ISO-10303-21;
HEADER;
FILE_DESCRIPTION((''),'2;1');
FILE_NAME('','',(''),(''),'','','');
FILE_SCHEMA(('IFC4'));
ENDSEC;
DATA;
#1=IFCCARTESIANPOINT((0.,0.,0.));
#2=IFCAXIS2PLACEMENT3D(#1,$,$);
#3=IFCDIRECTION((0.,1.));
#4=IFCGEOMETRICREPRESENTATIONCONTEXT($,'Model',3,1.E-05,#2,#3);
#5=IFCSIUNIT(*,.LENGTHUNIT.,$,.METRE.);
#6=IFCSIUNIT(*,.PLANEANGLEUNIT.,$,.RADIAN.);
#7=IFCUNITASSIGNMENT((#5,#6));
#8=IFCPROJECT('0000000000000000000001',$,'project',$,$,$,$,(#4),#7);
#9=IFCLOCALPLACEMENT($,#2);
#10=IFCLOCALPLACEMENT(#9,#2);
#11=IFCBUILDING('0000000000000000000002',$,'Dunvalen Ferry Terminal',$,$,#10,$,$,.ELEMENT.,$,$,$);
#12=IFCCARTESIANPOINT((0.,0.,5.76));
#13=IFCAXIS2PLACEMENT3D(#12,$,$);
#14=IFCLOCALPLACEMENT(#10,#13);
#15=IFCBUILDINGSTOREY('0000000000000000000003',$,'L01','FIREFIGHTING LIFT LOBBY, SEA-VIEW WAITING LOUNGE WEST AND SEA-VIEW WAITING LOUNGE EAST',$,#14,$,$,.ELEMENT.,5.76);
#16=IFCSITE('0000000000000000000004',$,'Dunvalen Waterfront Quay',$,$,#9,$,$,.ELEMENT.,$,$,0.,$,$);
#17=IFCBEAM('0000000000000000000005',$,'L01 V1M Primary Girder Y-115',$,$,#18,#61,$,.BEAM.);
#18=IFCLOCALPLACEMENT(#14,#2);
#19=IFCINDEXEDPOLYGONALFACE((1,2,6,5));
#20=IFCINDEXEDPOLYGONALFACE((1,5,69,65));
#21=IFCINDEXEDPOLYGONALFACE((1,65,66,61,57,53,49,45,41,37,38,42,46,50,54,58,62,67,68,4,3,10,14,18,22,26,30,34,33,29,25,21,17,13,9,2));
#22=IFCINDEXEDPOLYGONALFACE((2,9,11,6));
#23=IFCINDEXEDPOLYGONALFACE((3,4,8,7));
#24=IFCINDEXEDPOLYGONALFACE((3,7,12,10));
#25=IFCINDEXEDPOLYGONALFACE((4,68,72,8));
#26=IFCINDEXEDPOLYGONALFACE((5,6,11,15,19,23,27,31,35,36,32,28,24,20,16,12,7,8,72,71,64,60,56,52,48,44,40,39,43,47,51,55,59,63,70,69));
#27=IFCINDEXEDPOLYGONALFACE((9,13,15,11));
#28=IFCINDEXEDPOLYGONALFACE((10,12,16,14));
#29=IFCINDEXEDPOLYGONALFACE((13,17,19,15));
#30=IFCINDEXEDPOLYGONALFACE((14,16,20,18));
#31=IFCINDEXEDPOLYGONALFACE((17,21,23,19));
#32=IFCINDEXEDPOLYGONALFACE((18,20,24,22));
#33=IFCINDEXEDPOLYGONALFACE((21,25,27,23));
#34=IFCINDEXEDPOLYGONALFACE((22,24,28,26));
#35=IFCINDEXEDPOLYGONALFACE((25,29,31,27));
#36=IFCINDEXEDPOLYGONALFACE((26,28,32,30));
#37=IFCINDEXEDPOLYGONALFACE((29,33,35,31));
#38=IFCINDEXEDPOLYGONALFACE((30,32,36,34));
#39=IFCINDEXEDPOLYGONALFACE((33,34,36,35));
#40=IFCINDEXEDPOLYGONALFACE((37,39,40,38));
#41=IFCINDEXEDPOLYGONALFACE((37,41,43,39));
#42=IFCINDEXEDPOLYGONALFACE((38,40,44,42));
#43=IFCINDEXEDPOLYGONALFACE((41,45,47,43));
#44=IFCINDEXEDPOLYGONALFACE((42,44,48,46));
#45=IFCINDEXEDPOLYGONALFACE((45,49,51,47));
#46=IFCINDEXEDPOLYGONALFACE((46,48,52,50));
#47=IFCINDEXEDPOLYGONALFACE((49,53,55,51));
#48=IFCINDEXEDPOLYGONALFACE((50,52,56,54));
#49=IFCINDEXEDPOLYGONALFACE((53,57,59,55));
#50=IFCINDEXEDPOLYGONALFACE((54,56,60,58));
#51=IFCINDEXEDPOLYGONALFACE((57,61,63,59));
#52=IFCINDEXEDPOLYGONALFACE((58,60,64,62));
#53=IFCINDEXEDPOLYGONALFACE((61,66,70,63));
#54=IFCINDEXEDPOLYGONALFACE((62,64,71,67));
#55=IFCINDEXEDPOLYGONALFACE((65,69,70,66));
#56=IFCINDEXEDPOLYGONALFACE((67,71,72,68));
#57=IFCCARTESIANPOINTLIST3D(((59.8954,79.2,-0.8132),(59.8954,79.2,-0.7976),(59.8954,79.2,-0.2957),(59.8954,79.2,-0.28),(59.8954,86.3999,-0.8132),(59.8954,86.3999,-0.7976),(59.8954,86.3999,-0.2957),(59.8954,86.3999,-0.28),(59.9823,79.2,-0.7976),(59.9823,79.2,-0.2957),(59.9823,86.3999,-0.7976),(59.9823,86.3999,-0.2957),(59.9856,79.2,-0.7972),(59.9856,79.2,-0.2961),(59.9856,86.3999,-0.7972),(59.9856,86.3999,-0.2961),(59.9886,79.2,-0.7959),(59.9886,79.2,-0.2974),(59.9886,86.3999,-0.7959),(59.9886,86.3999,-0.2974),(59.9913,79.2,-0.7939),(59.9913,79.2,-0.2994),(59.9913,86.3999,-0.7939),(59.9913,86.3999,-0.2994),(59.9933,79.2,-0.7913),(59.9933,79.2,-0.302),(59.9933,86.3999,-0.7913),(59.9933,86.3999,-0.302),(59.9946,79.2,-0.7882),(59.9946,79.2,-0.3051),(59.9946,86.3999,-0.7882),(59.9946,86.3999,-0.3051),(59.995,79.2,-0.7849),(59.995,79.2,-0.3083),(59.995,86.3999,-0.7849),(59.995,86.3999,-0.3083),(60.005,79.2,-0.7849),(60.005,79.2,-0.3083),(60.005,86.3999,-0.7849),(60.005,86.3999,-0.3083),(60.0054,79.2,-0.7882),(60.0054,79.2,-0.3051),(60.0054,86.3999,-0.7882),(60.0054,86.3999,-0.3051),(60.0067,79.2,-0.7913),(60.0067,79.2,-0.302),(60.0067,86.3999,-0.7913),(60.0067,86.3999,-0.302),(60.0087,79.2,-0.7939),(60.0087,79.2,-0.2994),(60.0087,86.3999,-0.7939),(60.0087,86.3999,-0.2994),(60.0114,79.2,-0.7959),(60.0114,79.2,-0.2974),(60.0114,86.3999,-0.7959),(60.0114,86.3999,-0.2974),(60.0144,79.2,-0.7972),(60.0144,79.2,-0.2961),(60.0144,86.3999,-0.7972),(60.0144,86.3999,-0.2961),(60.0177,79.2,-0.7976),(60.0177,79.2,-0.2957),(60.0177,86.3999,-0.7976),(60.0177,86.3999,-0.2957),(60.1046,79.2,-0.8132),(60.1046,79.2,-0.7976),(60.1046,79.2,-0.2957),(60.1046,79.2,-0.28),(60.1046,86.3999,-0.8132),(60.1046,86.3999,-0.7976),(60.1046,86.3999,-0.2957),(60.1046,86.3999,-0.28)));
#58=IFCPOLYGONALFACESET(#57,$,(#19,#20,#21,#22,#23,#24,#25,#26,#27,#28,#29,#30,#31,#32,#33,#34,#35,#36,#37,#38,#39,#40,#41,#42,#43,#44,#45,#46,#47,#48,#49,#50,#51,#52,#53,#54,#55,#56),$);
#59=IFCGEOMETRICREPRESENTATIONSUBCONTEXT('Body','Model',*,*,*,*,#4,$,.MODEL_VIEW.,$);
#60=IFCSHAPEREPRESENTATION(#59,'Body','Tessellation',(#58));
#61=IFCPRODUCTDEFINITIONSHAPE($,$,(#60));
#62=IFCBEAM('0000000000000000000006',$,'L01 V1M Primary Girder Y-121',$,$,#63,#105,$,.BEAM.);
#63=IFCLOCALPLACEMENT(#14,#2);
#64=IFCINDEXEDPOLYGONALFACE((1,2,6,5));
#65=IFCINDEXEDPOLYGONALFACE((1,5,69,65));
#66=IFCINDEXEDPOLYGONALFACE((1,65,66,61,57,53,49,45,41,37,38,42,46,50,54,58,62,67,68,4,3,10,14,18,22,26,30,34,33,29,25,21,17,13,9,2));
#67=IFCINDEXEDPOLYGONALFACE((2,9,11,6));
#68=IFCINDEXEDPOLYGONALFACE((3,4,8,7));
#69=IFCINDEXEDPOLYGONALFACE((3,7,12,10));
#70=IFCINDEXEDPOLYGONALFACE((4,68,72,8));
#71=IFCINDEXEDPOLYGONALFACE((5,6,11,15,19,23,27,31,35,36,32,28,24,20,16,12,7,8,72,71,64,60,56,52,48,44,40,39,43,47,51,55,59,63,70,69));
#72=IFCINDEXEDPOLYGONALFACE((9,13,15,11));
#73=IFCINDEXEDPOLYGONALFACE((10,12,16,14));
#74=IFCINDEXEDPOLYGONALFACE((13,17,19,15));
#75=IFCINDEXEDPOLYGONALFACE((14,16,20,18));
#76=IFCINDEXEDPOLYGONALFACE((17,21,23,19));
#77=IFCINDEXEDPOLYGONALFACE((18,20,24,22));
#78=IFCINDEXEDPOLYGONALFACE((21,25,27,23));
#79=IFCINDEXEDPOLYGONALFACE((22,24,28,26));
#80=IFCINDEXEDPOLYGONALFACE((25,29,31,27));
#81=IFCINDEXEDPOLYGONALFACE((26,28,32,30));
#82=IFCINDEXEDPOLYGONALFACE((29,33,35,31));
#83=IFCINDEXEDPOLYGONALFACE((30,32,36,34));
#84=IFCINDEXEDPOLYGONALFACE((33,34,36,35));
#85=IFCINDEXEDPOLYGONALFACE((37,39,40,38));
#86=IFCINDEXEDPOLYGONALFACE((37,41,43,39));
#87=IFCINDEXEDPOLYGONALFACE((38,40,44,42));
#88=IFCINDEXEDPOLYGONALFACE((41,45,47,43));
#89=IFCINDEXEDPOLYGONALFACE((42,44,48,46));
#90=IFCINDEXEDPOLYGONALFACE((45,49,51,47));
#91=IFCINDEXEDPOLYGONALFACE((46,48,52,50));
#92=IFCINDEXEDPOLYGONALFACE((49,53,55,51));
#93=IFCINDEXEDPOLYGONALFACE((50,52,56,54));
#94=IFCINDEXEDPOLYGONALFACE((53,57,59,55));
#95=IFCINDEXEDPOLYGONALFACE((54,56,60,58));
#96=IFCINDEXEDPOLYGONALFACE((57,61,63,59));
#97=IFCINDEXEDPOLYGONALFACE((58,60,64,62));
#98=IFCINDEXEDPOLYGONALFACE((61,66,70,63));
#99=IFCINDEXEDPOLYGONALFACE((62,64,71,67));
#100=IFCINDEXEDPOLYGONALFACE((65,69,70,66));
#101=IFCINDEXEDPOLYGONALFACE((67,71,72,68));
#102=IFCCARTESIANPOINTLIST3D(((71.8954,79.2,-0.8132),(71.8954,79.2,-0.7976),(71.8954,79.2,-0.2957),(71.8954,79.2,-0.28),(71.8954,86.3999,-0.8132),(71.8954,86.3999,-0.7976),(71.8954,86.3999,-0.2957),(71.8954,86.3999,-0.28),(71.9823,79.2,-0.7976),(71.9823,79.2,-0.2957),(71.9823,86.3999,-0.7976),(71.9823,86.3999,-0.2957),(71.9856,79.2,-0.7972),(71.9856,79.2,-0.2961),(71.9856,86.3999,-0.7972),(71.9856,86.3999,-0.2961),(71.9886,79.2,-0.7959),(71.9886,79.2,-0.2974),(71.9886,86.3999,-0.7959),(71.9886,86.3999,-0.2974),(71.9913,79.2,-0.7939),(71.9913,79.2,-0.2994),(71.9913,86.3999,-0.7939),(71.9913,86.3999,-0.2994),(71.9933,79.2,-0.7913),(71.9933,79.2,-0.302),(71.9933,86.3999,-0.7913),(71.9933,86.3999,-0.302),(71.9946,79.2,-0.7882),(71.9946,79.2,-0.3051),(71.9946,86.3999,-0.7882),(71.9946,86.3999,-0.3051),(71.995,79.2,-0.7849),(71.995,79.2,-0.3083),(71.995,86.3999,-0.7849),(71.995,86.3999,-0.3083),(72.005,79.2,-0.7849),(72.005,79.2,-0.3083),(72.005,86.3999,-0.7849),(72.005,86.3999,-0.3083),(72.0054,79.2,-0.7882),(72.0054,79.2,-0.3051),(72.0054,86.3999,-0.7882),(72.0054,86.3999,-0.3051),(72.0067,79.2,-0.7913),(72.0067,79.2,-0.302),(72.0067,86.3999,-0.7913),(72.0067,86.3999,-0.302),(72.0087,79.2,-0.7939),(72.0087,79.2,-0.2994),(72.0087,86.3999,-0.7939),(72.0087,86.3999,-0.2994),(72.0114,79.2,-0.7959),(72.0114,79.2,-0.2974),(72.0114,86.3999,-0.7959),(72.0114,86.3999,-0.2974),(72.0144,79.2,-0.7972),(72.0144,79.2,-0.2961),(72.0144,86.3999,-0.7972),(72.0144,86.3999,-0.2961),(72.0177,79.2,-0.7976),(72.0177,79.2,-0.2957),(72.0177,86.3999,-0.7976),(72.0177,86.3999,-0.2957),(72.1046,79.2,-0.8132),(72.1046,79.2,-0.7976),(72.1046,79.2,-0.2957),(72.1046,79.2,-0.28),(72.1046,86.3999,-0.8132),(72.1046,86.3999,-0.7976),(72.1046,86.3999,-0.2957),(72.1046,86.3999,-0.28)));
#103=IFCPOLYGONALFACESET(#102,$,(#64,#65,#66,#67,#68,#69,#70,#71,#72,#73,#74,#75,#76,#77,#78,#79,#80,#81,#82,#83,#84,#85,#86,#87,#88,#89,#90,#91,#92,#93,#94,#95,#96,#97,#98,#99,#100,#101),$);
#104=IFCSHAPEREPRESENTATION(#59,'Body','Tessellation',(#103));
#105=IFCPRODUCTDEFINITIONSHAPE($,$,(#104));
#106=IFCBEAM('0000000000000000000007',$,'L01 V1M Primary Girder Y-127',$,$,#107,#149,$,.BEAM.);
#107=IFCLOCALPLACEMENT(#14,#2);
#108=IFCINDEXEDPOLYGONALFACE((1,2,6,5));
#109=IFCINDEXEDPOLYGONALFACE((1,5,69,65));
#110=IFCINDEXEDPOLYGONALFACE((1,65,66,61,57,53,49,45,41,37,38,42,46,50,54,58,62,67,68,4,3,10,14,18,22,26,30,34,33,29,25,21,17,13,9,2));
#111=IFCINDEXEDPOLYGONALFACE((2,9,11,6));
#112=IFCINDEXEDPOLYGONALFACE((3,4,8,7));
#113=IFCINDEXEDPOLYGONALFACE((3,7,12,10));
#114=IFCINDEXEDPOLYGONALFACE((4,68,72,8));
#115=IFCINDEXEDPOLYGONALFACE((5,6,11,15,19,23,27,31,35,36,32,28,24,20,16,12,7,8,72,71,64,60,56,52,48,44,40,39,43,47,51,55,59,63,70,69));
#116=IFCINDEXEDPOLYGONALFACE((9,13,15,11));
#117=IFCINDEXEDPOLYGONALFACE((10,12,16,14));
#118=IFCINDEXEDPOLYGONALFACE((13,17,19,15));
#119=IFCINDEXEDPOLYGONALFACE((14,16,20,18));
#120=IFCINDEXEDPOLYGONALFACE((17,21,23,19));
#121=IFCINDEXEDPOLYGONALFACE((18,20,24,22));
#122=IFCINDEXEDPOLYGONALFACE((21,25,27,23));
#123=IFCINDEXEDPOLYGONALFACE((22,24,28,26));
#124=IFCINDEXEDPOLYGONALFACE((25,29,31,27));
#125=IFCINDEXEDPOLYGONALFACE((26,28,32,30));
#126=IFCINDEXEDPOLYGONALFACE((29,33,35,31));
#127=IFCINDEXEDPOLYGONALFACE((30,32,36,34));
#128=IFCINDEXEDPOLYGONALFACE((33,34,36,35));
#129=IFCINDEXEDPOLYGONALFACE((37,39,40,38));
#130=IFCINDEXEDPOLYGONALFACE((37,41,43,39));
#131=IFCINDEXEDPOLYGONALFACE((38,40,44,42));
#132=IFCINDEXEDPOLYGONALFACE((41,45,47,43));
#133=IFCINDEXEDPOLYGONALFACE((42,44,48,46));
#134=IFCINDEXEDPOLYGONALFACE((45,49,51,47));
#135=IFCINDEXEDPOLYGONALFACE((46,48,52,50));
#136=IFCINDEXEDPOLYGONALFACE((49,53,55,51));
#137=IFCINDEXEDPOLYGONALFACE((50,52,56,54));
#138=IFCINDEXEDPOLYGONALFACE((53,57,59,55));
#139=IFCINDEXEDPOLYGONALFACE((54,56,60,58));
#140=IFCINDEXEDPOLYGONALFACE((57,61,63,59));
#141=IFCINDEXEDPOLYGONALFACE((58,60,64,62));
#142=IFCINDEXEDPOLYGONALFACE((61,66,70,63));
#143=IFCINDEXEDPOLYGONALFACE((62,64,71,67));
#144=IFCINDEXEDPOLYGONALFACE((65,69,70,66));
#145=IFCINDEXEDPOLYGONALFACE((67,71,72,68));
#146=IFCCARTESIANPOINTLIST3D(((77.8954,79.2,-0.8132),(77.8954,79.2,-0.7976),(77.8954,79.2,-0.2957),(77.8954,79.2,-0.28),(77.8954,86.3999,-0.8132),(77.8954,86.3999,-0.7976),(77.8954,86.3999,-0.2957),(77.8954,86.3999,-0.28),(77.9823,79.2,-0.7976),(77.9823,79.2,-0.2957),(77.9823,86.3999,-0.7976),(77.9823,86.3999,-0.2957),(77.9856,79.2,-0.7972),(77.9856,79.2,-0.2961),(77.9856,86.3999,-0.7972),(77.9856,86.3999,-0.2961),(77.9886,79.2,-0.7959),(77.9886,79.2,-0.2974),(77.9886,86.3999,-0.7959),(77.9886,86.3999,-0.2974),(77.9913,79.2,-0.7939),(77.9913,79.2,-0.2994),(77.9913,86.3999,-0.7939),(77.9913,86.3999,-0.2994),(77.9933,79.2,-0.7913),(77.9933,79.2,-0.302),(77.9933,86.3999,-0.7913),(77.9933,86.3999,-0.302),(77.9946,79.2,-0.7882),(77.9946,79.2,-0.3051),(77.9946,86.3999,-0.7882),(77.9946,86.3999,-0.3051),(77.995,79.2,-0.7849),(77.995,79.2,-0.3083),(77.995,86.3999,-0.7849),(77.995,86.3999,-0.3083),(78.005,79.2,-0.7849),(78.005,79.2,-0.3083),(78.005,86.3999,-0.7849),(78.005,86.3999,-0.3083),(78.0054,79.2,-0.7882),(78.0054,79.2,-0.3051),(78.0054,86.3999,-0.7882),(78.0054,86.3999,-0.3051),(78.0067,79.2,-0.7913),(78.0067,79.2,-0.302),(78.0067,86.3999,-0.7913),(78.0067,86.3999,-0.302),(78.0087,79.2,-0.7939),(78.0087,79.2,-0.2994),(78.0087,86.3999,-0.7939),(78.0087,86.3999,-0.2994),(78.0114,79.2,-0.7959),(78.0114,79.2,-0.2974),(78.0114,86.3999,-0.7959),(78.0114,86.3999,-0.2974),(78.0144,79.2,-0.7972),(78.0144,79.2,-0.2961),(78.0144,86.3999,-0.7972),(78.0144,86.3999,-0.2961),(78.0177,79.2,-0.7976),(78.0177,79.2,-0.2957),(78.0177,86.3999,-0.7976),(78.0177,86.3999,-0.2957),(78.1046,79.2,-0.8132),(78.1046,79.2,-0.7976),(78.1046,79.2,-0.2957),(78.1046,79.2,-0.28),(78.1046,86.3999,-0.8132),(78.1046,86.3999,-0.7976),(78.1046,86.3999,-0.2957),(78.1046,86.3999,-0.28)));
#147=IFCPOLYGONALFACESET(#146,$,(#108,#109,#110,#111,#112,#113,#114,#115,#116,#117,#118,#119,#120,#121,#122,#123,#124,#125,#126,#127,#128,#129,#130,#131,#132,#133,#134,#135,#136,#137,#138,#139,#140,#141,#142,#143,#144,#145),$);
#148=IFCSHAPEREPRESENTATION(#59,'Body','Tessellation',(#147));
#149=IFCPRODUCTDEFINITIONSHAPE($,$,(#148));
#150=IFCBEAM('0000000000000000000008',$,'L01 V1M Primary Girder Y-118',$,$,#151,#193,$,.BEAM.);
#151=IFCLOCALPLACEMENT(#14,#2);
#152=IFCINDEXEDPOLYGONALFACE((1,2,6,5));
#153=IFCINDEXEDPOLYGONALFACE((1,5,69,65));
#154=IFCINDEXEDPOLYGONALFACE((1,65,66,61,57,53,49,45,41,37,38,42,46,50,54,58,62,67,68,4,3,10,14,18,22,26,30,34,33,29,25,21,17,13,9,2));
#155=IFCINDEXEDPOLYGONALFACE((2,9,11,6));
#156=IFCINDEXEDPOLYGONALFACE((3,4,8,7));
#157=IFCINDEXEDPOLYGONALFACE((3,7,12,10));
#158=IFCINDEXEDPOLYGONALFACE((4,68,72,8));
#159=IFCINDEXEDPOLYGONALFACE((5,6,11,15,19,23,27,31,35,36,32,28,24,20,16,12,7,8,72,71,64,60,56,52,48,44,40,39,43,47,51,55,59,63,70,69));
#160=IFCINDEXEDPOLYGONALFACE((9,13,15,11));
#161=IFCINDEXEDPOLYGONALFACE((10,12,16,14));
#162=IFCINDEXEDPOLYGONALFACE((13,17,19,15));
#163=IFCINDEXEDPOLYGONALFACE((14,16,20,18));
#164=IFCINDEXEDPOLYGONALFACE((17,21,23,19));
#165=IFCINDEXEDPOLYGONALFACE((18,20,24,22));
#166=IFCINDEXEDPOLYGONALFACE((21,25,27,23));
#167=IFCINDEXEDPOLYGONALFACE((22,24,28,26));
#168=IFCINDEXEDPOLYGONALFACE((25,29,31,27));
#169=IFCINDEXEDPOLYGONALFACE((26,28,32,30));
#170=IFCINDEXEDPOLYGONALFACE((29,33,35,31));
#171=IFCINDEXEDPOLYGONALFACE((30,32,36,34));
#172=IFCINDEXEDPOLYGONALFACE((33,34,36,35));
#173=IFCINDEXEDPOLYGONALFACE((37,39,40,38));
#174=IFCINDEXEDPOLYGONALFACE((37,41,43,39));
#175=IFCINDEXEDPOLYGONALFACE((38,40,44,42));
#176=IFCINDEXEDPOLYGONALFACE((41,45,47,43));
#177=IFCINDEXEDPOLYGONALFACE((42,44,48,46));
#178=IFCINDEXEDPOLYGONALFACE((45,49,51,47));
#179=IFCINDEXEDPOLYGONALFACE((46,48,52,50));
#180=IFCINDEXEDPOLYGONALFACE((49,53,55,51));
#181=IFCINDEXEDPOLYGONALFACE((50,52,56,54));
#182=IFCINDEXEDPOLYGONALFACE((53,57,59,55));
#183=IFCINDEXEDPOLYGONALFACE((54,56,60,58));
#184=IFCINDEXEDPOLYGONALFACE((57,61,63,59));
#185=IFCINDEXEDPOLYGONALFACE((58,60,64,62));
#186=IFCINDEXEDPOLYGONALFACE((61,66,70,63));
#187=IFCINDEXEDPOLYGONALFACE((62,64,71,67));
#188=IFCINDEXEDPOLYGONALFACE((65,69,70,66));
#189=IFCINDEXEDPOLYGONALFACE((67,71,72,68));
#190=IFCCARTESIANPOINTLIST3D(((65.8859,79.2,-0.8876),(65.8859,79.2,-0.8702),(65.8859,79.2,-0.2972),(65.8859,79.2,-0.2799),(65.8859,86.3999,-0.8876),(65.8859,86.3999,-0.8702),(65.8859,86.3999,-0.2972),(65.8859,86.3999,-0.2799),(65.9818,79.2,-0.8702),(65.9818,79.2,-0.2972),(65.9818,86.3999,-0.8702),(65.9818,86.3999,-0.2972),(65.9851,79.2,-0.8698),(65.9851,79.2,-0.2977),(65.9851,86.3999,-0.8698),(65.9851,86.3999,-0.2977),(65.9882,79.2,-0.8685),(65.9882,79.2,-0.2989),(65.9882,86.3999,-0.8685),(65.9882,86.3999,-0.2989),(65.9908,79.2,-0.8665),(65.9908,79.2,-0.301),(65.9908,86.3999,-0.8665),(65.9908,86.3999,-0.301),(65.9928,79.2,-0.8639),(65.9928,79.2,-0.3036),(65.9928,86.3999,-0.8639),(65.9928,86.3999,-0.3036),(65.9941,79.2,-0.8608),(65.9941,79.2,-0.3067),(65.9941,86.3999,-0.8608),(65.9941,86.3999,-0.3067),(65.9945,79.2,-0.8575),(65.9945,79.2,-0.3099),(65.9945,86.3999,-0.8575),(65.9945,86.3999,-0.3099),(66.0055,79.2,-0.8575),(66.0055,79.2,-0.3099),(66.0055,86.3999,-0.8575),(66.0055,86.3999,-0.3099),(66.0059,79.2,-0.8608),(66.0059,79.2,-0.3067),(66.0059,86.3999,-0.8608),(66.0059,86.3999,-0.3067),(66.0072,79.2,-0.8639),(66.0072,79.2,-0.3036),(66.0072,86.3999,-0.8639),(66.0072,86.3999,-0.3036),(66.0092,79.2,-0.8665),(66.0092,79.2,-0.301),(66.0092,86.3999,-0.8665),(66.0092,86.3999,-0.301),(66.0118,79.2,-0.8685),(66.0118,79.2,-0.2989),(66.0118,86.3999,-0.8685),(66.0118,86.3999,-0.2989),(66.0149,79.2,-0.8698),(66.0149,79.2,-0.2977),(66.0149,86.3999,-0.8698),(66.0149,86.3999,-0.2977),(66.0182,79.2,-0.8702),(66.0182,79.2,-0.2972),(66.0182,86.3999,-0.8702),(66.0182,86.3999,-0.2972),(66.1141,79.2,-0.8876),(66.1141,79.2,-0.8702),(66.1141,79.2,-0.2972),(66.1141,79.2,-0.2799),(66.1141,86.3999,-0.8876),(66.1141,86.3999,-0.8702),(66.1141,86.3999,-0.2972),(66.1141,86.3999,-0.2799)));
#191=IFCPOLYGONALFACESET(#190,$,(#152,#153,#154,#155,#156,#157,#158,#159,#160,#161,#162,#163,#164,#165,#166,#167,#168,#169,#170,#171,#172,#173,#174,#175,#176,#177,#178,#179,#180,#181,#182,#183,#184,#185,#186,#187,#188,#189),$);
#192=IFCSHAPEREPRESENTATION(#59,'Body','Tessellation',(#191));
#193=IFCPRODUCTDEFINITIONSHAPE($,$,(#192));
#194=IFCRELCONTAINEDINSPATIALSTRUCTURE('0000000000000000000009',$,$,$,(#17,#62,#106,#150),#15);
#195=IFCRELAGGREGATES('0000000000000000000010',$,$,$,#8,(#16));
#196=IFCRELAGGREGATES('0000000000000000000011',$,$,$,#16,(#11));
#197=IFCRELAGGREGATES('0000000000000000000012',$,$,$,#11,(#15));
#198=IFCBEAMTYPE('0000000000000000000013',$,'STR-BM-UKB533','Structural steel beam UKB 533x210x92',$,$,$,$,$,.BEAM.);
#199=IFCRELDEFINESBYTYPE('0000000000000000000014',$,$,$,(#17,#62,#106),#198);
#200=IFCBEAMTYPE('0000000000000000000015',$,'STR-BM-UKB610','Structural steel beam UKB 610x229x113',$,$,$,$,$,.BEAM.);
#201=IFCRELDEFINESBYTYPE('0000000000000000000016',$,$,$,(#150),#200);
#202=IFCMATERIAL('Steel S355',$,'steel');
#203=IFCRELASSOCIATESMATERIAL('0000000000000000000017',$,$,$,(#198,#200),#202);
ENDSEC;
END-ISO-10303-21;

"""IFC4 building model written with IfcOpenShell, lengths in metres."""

from ifc_helpers import new_model, si_unit, direction, frame, origin, origin_2d, place, context, subcontext, project, spatial, i_section, extrude, material, material_profile, profile_set, type_object, element, save


model = new_model("IFC4")

# Units and contexts
model_context = context("Model", 3, precision=1e-05, world=origin(), true_north=direction((0.0, 1.0)))
body_context = subcontext(model_context, "Body", "Model", "MODEL_VIEW")
ifc_project = project(units=[si_unit("LENGTHUNIT", "METRE"), si_unit("PLANEANGLEUNIT", "RADIAN")], contexts=[model_context])

# Site, building, storey
site_placement = place(None, origin())
site = spatial("IfcSite", under=ifc_project, at=site_placement, Name="Dunvalen Waterfront Quay", CompositionType="ELEMENT", RefElevation=0.0)
building_placement = place(site_placement, origin())
building = spatial("IfcBuilding", under=site, at=building_placement, Name="Dunvalen Ferry Terminal", CompositionType="ELEMENT")
storey_placement = place(building_placement, frame((0.0, 0.0, 5.76)))
storey = spatial("IfcBuildingStorey", under=building, at=storey_placement, Name="L01", Description="FIREFIGHTING LIFT LOBBY, SEA-VIEW WAITING LOUNGE WEST AND SEA-VIEW WAITING LOUNGE EAST", CompositionType="ELEMENT", Elevation=5.76)

# Beams
ifc_material_1 = material(Name="Steel S355", Category="steel")
ifc_material_profile_1 = material_profile(ifc_material_1, i_section(OverallWidth=0.2092, OverallDepth=0.5332, WebThickness=0.01, FlangeThickness=0.0156, FilletRadius=0.0127, at=origin_2d()), Name="Steel S355")
ifc_profile_set_1 = profile_set([ifc_material_profile_1], Name="Steel S355")
beam_type_1 = type_object("IfcBeamType", Name="STR-BM-UKB533", Description="Structural steel beam UKB 533x210x92", PredefinedType="BEAM", material=ifc_profile_set_1)
for number, where, z_axis, x_axis, name in (
    (1, (60.0, 79.2, -0.5466), (0.0, 1.0, 0.0), (-1.0, 0.0, 0.0), "L01 V1M Primary Girder Y-115"),
    (2, (72.0, 79.2, -0.5466), (0.0, 1.0, 0.0), (-1.0, 0.0, 0.0), "L01 V1M Primary Girder Y-121"),
    (3, (78.0, 79.2, -0.5466), (0.0, 1.0, 0.0), (-1.0, 0.0, 0.0), "L01 V1M Primary Girder Y-127"),
):
    element("IfcBeam", number, at=place(storey_placement, frame(where, z_axis=z_axis, x_axis=x_axis)), inside=storey, type_object=beam_type_1, Name=name, PredefinedType="BEAM", context=body_context, shape_type="SweptSolid", body=[
        extrude(i_section(OverallWidth=0.2092, OverallDepth=0.5332, WebThickness=0.01, FlangeThickness=0.0156, FilletRadius=0.0127, at=origin_2d()), origin(), (0.0, 0.0, 1.0), 7.2),
    ])
ifc_material_profile_2 = material_profile(ifc_material_1, i_section(OverallWidth=0.2283, OverallDepth=0.6077, WebThickness=0.011, FlangeThickness=0.0173, FilletRadius=0.0127, at=origin_2d()), Name="Steel S355")
ifc_profile_set_2 = profile_set([ifc_material_profile_2], Name="Steel S355")
beam_type_2 = type_object("IfcBeamType", Name="STR-BM-UKB610", Description="Structural steel beam UKB 610x229x113", PredefinedType="BEAM", material=ifc_profile_set_2)
for number, where, z_axis, x_axis, name in (
    (4, (66.0, 79.2, -0.5837), (0.0, 1.0, 0.0), (-1.0, 0.0, 0.0), "L01 V1M Primary Girder Y-118"),
):
    element("IfcBeam", number, at=place(storey_placement, frame(where, z_axis=z_axis, x_axis=x_axis)), inside=storey, type_object=beam_type_2, Name=name, PredefinedType="BEAM", context=body_context, shape_type="SweptSolid", body=[
        extrude(i_section(OverallWidth=0.2283, OverallDepth=0.6077, WebThickness=0.011, FlangeThickness=0.0173, FilletRadius=0.0127, at=origin_2d()), origin(), (0.0, 0.0, 1.0), 7.2),
    ])

save(model, "model.ifc")
